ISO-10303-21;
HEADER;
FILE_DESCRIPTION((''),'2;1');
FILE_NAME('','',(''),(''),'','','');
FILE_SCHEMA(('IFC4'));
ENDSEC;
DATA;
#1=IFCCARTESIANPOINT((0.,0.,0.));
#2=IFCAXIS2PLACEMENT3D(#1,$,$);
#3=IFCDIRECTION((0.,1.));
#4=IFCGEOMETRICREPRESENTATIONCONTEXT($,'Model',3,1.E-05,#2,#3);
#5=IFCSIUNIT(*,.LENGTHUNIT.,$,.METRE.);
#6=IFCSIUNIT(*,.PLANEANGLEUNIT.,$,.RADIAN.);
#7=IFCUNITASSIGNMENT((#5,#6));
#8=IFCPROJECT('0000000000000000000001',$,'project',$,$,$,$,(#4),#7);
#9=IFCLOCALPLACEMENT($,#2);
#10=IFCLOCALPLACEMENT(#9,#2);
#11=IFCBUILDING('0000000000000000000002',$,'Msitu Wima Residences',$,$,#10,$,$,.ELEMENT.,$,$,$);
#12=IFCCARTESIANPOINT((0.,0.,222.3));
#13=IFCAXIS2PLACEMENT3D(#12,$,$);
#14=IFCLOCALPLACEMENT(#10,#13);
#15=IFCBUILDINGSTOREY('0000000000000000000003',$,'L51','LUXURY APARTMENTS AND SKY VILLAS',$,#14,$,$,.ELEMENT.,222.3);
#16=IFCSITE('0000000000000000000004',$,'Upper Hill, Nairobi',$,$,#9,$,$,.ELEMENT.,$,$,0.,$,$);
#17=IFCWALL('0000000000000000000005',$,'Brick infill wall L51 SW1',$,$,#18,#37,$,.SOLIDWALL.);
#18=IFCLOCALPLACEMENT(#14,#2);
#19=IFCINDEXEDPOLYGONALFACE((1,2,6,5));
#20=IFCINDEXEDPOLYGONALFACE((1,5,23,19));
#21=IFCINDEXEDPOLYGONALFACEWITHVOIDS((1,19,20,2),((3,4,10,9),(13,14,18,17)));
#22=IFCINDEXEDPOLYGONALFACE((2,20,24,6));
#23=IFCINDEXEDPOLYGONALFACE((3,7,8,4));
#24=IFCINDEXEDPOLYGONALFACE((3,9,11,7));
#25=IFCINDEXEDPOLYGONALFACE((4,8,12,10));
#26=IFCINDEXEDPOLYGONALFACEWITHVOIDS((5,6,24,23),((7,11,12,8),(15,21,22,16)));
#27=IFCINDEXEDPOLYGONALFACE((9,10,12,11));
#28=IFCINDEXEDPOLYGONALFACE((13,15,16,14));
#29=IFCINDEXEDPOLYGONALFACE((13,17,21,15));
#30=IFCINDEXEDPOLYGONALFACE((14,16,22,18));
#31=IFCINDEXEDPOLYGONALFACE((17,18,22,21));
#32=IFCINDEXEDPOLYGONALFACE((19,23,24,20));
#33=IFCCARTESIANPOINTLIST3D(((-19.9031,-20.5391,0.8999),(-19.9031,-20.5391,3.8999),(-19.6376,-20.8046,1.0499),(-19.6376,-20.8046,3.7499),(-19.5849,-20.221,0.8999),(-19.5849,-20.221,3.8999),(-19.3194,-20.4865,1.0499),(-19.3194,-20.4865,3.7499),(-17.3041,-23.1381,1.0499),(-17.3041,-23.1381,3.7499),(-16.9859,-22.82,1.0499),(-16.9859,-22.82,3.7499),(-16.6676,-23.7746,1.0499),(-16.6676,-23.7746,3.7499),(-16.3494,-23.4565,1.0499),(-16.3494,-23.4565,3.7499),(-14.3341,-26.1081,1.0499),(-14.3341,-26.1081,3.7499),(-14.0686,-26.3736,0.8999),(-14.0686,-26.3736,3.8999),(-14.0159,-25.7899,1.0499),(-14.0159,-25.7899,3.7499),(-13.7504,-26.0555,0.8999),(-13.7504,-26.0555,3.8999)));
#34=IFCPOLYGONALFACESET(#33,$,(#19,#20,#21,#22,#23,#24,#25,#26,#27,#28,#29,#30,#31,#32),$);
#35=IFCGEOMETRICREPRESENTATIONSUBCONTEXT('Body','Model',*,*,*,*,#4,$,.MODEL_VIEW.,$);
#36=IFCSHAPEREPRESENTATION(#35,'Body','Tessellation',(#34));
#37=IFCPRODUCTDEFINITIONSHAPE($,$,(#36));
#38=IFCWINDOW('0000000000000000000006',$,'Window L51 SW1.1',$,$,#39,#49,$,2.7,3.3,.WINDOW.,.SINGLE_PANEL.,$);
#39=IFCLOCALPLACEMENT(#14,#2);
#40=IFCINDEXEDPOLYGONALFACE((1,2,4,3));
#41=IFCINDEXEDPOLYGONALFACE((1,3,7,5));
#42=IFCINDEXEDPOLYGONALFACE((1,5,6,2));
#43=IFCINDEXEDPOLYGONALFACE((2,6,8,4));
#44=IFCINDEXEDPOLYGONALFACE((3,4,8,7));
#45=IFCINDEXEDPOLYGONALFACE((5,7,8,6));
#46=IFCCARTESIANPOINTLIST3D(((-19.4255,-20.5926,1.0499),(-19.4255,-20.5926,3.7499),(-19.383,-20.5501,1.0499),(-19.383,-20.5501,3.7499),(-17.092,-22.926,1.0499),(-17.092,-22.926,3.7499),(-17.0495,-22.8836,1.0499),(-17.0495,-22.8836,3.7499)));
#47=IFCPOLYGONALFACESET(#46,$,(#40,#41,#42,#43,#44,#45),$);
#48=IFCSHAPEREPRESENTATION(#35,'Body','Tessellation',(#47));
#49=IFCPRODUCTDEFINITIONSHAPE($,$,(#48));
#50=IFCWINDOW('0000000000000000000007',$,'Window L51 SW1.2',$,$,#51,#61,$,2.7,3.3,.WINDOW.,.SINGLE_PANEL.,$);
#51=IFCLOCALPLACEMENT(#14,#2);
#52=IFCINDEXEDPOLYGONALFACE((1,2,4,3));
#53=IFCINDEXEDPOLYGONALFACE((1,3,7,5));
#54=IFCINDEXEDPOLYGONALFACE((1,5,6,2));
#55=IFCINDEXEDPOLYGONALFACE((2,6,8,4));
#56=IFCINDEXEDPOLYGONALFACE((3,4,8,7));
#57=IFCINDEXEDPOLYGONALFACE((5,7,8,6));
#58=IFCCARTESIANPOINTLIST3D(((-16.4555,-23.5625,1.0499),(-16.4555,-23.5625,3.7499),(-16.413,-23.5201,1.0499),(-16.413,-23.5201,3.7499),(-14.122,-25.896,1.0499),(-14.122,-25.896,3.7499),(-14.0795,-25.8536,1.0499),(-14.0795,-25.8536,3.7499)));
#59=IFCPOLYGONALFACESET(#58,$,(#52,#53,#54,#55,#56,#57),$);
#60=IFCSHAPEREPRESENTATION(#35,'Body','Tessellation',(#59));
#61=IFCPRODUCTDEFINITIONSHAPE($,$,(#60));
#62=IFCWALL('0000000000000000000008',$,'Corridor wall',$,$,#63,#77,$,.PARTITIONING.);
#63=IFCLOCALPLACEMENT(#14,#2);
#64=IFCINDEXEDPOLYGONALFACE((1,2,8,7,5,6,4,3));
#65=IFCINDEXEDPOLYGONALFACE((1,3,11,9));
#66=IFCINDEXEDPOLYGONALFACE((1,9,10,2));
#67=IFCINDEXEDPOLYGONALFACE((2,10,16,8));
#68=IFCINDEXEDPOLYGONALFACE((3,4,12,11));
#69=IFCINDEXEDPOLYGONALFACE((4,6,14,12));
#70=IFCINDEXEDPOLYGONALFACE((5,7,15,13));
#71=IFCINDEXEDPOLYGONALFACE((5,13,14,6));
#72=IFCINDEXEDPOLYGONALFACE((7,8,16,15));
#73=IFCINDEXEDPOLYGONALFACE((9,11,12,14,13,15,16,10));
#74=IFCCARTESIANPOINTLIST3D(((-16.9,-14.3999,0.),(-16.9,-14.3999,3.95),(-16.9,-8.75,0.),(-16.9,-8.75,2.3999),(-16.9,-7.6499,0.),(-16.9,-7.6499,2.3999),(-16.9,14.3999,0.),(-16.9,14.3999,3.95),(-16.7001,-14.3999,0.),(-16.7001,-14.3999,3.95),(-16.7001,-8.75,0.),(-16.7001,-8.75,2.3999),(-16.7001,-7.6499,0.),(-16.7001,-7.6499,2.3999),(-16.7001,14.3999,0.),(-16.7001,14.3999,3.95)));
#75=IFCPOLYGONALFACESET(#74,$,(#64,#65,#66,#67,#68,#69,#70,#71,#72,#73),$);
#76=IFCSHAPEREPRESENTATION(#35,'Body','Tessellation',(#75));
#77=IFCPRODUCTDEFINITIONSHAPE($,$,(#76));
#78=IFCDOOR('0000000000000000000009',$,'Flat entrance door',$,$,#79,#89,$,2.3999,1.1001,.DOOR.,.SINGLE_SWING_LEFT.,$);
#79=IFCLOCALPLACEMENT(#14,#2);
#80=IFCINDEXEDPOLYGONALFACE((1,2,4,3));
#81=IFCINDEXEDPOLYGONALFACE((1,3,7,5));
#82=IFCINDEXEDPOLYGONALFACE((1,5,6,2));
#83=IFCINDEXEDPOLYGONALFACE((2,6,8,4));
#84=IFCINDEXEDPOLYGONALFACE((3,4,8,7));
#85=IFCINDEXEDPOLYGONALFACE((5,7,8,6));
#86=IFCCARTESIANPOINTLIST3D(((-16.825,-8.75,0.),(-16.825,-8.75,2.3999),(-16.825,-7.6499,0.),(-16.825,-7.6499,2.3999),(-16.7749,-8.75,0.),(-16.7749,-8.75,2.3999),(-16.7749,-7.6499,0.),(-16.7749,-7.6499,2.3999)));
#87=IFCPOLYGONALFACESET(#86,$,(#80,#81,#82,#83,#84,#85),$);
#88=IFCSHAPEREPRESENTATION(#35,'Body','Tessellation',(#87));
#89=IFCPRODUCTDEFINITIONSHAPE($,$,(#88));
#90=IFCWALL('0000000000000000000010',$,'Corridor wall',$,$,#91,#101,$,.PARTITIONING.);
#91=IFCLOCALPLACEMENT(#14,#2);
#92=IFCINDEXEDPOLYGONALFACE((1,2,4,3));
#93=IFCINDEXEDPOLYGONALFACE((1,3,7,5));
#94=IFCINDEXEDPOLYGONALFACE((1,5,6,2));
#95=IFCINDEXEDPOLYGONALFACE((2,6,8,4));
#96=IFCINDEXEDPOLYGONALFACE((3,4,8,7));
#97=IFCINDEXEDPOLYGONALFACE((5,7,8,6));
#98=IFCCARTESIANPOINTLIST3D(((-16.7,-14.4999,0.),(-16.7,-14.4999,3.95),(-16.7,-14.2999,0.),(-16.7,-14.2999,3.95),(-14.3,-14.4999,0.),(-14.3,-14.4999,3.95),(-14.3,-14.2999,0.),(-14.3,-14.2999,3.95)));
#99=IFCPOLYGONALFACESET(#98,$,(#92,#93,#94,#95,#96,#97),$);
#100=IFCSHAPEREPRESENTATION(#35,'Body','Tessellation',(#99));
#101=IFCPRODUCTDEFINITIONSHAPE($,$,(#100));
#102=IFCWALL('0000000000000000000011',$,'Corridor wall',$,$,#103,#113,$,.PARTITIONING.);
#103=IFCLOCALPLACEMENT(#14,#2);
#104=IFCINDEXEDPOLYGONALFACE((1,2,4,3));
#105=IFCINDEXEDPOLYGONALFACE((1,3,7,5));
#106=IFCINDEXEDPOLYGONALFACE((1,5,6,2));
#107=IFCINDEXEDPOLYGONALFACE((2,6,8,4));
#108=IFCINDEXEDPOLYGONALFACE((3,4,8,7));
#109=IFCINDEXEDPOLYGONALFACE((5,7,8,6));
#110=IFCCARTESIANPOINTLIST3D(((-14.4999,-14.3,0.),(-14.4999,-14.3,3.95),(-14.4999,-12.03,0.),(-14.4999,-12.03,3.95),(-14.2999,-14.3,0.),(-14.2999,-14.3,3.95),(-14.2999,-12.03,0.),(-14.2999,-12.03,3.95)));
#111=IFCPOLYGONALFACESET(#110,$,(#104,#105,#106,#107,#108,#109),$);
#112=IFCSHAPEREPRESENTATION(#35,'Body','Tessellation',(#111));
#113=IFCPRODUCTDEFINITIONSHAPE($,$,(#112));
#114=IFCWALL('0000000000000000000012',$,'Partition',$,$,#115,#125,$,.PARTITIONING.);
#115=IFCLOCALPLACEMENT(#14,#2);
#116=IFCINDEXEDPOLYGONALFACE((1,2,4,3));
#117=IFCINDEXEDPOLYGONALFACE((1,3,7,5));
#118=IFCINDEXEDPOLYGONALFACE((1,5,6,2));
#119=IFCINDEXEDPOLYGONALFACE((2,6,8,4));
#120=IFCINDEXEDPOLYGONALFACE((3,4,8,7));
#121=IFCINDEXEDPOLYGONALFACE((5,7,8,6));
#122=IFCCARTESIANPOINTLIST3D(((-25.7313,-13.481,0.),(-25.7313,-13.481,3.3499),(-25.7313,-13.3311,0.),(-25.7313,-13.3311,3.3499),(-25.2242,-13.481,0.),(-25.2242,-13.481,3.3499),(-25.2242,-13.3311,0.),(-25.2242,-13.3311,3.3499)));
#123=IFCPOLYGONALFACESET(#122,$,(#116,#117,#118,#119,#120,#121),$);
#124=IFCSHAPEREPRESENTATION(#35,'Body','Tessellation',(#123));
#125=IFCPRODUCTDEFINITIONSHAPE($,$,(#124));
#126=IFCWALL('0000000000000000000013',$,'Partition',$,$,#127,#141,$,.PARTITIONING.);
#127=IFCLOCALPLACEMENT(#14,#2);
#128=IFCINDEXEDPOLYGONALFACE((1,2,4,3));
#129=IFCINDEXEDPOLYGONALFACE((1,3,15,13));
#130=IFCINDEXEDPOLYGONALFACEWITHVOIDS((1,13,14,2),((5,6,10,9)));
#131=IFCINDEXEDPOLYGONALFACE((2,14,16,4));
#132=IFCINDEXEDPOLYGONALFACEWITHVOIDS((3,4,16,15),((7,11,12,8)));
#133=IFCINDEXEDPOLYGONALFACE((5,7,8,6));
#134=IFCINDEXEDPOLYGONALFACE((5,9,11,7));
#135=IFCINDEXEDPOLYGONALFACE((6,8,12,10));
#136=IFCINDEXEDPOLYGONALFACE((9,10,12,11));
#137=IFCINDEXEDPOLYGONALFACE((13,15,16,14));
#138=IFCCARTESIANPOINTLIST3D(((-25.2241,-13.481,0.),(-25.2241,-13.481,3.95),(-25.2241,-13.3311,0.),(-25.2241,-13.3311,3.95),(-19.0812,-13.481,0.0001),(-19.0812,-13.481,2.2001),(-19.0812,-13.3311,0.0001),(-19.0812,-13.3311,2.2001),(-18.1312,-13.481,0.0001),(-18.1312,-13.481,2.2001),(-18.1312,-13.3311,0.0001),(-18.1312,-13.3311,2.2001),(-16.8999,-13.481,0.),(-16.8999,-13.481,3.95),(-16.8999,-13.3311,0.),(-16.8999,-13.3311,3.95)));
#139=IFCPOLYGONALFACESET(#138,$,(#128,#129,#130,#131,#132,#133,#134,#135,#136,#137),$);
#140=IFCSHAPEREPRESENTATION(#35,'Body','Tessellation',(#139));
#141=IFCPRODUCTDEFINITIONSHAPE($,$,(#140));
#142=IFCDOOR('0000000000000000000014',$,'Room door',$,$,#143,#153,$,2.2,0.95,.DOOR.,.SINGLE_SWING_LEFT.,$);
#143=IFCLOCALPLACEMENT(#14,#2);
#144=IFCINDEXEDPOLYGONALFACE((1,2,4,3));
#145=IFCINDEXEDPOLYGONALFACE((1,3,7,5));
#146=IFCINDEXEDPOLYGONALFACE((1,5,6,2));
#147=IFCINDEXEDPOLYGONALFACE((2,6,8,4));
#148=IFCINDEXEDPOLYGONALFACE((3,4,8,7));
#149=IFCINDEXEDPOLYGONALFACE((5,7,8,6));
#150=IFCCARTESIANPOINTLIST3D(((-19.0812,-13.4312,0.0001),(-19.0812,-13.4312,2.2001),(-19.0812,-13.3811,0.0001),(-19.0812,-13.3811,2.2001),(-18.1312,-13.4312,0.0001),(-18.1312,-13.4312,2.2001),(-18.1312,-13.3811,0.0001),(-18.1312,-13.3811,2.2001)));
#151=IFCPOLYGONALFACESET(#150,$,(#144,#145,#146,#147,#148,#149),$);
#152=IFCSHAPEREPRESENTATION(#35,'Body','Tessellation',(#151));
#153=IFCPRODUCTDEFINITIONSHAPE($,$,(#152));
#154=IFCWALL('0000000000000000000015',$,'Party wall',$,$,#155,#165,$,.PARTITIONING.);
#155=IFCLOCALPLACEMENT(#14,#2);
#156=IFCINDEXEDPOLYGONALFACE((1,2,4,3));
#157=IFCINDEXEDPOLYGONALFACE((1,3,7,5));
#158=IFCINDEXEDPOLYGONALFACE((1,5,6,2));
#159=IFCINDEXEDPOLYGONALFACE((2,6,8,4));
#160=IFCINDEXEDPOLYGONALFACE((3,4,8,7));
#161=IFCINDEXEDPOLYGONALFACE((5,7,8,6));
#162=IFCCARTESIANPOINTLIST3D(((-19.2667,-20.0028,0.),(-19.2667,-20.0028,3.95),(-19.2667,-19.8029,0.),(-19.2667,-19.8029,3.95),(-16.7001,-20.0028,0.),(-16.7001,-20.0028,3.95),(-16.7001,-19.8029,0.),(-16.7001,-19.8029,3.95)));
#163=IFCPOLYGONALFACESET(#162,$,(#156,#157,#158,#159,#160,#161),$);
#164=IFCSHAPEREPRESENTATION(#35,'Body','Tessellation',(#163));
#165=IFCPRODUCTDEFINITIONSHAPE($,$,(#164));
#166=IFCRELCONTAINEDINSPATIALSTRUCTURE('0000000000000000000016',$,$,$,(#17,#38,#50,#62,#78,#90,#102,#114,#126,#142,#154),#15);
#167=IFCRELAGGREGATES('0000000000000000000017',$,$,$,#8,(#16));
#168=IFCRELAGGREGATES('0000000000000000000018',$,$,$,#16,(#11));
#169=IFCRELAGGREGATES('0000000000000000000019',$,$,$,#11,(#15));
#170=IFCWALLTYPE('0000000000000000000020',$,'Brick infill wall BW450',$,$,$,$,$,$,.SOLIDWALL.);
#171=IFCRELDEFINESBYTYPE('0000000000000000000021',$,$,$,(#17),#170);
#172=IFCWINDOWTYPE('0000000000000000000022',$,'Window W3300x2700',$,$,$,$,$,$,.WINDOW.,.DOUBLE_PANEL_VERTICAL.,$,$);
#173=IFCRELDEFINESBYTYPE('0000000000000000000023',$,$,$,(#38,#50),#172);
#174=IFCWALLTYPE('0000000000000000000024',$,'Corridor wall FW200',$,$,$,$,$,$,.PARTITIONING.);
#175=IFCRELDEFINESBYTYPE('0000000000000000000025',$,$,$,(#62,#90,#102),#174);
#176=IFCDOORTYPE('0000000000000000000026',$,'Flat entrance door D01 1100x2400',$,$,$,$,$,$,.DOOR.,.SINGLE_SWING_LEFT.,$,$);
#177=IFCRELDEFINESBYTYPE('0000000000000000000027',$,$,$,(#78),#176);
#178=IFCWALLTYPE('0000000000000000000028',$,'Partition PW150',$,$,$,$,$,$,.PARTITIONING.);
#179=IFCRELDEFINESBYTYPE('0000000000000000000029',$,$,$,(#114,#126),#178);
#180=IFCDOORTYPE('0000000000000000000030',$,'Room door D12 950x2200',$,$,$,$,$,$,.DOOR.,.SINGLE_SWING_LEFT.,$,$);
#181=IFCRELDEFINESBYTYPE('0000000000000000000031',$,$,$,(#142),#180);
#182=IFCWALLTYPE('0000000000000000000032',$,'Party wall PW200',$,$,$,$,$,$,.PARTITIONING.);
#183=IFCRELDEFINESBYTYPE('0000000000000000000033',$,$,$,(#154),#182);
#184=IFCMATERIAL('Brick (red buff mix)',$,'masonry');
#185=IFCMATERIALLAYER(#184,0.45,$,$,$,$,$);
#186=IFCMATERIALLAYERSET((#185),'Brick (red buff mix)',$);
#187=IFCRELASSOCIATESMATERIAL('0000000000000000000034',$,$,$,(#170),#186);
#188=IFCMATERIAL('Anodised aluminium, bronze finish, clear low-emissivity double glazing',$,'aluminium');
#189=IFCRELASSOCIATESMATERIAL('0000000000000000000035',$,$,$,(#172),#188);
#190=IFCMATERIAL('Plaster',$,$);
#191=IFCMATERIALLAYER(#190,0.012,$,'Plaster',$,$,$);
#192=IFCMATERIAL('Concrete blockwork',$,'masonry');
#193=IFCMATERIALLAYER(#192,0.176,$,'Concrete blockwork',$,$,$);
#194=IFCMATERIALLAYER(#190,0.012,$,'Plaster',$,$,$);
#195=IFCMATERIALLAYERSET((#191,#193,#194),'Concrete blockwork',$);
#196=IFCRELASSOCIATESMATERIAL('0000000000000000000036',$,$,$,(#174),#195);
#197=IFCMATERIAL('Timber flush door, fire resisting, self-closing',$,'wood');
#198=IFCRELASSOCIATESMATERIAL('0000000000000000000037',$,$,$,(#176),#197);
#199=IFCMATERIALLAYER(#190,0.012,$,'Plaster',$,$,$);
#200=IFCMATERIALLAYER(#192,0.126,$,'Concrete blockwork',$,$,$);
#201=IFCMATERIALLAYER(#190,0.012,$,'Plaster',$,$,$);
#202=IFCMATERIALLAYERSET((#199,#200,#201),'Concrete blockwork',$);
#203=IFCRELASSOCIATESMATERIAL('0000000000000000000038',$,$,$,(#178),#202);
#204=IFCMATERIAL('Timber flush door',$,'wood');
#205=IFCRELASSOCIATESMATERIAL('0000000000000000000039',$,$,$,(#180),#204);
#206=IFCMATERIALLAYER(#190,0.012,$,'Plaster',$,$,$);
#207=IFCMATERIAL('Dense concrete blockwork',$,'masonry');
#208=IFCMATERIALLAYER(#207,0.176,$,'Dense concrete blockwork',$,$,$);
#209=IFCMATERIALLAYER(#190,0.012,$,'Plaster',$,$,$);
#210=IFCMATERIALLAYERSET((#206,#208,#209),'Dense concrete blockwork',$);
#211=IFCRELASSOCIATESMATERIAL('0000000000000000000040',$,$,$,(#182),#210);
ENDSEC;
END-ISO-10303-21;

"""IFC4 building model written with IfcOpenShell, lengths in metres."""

from ifc_helpers import new_model, si_unit, direction, frame, frame_2d, origin, place, context, subcontext, project, spatial, rectangle, extrude, material, layer, layer_set, type_object, element, fill, save


model = new_model("IFC4")

# Units and contexts
model_context = context("Model", 3, precision=1e-05, world=origin(), true_north=direction((0.0, 1.0)))
body_context = subcontext(model_context, "Body", "Model", "MODEL_VIEW")
ifc_project = project(units=[si_unit("LENGTHUNIT", "METRE"), si_unit("PLANEANGLEUNIT", "RADIAN")], contexts=[model_context])

# Site, building, storey
site_placement = place(None, origin())
site = spatial("IfcSite", under=ifc_project, at=site_placement, Name="Upper Hill, Nairobi", CompositionType="ELEMENT", RefElevation=0.0)
building_placement = place(site_placement, origin())
building = spatial("IfcBuilding", under=site, at=building_placement, Name="Msitu Wima Residences", CompositionType="ELEMENT")
storey_placement = place(building_placement, frame((0.0, 0.0, 222.3)))
storey = spatial("IfcBuildingStorey", under=building, at=storey_placement, Name="L51", Description="LUXURY APARTMENTS AND SKY VILLAS", CompositionType="ELEMENT", Elevation=222.3)

# Shared definitions
ifc_material_1 = material(Name="Brick (red buff mix)", Category="masonry")
ifc_layer_1 = layer(ifc_material_1, 0.45)
ifc_layer_set_1 = layer_set([ifc_layer_1], Name="Brick (red buff mix)")
wall_type_1 = type_object("IfcWallType", Name="Brick infill wall BW450", PredefinedType="SOLIDWALL", material=ifc_layer_set_1)
ifc_material_2 = material(Name="Anodised aluminium, bronze finish, clear low-emissivity double glazing", Category="aluminium")
window_type = type_object("IfcWindowType", Name="Window W3300x2700", PartitioningType="DOUBLE_PANEL_VERTICAL", PredefinedType="WINDOW", material=ifc_material_2)

# Wall, openings, windows
wall_1_placement = place(storey_placement, frame((-19.7439, -20.3801, 0.8999), z_axis=(0.0, 0.0, 1.0), x_axis=(0.707107, -0.707107, 0.0)))
wall_1 = element("IfcWall", 1, at=wall_1_placement, inside=storey, type_object=wall_type_1, Name="Brick infill wall L51 SW1", PredefinedType="SOLIDWALL", context=body_context, shape_type="SweptSolid", body=[
    extrude(rectangle(XDim=8.2512, YDim=0.45, at=frame_2d((4.1255, 0.0))), origin(), (0.0, 0.0, 1.0), 3.0),
])
opening_1_placement = place(wall_1_placement, frame((0.3755, 0.0, 0.1499)))
opening_1 = element("IfcOpeningElement", 2, at=opening_1_placement, cuts=wall_1, PredefinedType="OPENING", context=body_context, shape_type="SweptSolid", body=[
    extrude(rectangle(XDim=3.3, YDim=2.7, at=frame_2d((1.6499, 1.3501))), frame((0.0, 0.2349, 0.0), z_axis=(0.0, -1.0, 0.0), x_axis=(1.0, 0.0, 0.0)), (0.0, 0.0, 1.0), 0.47),
])
opening_2_placement = place(wall_1_placement, frame((4.5757, 0.0, 0.1499)))
opening_2 = element("IfcOpeningElement", 3, at=opening_2_placement, cuts=wall_1, PredefinedType="OPENING", context=body_context, shape_type="SweptSolid", body=[
    extrude(rectangle(XDim=3.3, YDim=2.7, at=frame_2d((1.6499, 1.3501))), frame((0.0, 0.2349, 0.0), z_axis=(0.0, -1.0, 0.0), x_axis=(1.0, 0.0, 0.0)), (0.0, 0.0, 1.0), 0.47),
])
window_1_placement = place(opening_1_placement, origin())
window_1 = element("IfcWindow", 4, at=window_1_placement, inside=storey, type_object=window_type, Name="Window L51 SW1.1", OverallHeight=2.7, OverallWidth=3.3, PartitioningType="SINGLE_PANEL", PredefinedType="WINDOW", context=body_context, shape_type="SweptSolid", body=[
    extrude(rectangle(XDim=3.3, YDim=2.7, at=frame_2d((1.6499, 1.3501))), frame((0.0, 0.135, 0.0), z_axis=(0.0, -1.0, 0.0), x_axis=(1.0, 0.0, 0.0)), (0.0, 0.0, 1.0), 0.0601),
])
fill(opening_1, window_1)
window_2_placement = place(opening_2_placement, origin())
window_2 = element("IfcWindow", 5, at=window_2_placement, inside=storey, type_object=window_type, Name="Window L51 SW1.2", OverallHeight=2.7, OverallWidth=3.3, PartitioningType="SINGLE_PANEL", PredefinedType="WINDOW", context=body_context, shape_type="SweptSolid", body=[
    extrude(rectangle(XDim=3.3, YDim=2.7, at=frame_2d((1.6499, 1.3501))), frame((0.0, 0.135, 0.0), z_axis=(0.0, -1.0, 0.0), x_axis=(1.0, 0.0, 0.0)), (0.0, 0.0, 1.0), 0.0601),
])
fill(opening_2, window_2)

# Wall, opening, door
ifc_material_3 = material(Name="Plaster")
ifc_layer_2 = layer(ifc_material_3, 0.012, Name="Plaster")
ifc_material_4 = material(Name="Concrete blockwork", Category="masonry")
ifc_layer_3 = layer(ifc_material_4, 0.176, Name="Concrete blockwork")
ifc_layer_4 = layer(ifc_material_3, 0.012, Name="Plaster")
ifc_layer_set_2 = layer_set([ifc_layer_2, ifc_layer_3, ifc_layer_4], Name="Concrete blockwork")
wall_type_2 = type_object("IfcWallType", Name="Corridor wall FW200", PredefinedType="PARTITIONING", material=ifc_layer_set_2)
wall_2_placement = place(storey_placement, frame((-16.8, -14.3999, 0.0), z_axis=(0.0, 0.0, 1.0), x_axis=(0.0, 1.0, 0.0)))
wall_2 = element("IfcWall", 6, at=wall_2_placement, inside=storey, type_object=wall_type_2, Name="Corridor wall", PredefinedType="PARTITIONING", context=body_context, shape_type="SweptSolid", body=[
    extrude(rectangle(XDim=28.7998, YDim=0.2, at=frame_2d((14.3999, 0.0))), origin(), (0.0, 0.0, 1.0), 3.95),
])
opening_3_placement = place(wall_2_placement, frame((5.6499, 0.0, 0.0)))
opening_3 = element("IfcOpeningElement", 7, at=opening_3_placement, cuts=wall_2, PredefinedType="OPENING", context=body_context, shape_type="SweptSolid", body=[
    extrude(rectangle(XDim=1.1001, YDim=2.3999, at=frame_2d((0.55, 1.2))), frame((0.0, 0.1099, 0.0), z_axis=(0.0, -1.0, 0.0), x_axis=(1.0, 0.0, 0.0)), (0.0, 0.0, 1.0), 0.22),
])
ifc_material_5 = material(Name="Timber flush door, fire resisting, self-closing", Category="wood")
door_type_1 = type_object("IfcDoorType", Name="Flat entrance door D01 1100x2400", OperationType="SINGLE_SWING_LEFT", PredefinedType="DOOR", material=ifc_material_5)
door_1_placement = place(opening_3_placement, origin())
door_1 = element("IfcDoor", 8, at=door_1_placement, inside=storey, type_object=door_type_1, Name="Flat entrance door", OperationType="SINGLE_SWING_LEFT", OverallHeight=2.3999, OverallWidth=1.1001, PredefinedType="DOOR", context=body_context, shape_type="SweptSolid", body=[
    extrude(rectangle(XDim=1.1001, YDim=2.3999, at=frame_2d((0.55, 1.2))), frame((0.0, 0.0249, 0.0), z_axis=(0.0, -1.0, 0.0), x_axis=(1.0, 0.0, 0.0)), (0.0, 0.0, 1.0), 0.05),
])
fill(opening_3, door_1)

# Walls
wall_3_placement = place(storey_placement, frame((-16.7, -14.3999, 0.0), z_axis=(0.0, 0.0, 1.0), x_axis=(1.0, 0.0, 0.0)))
element("IfcWall", 9, at=wall_3_placement, inside=storey, type_object=wall_type_2, Name="Corridor wall", PredefinedType="PARTITIONING", context=body_context, shape_type="SweptSolid", body=[
    extrude(rectangle(XDim=2.3999, YDim=0.2, at=frame_2d((1.2, 0.0))), origin(), (0.0, 0.0, 1.0), 3.95),
])
wall_4_placement = place(storey_placement, frame((-14.3999, -14.3, 0.0), z_axis=(0.0, 0.0, 1.0), x_axis=(0.0, 1.0, 0.0)))
element("IfcWall", 10, at=wall_4_placement, inside=storey, type_object=wall_type_2, Name="Corridor wall", PredefinedType="PARTITIONING", context=body_context, shape_type="SweptSolid", body=[
    extrude(rectangle(XDim=2.27, YDim=0.2, at=frame_2d((1.135, 0.0))), origin(), (0.0, 0.0, 1.0), 3.95),
])
ifc_layer_5 = layer(ifc_material_3, 0.012, Name="Plaster")
ifc_layer_6 = layer(ifc_material_4, 0.126, Name="Concrete blockwork")
ifc_layer_7 = layer(ifc_material_3, 0.012, Name="Plaster")
ifc_layer_set_3 = layer_set([ifc_layer_5, ifc_layer_6, ifc_layer_7], Name="Concrete blockwork")
wall_type_3 = type_object("IfcWallType", Name="Partition PW150", PredefinedType="PARTITIONING", material=ifc_layer_set_3)
wall_5_placement = place(storey_placement, frame((-25.7312, -13.406, 0.0), z_axis=(0.0, 0.0, 1.0), x_axis=(1.0, 0.0, 0.0)))
element("IfcWall", 11, at=wall_5_placement, inside=storey, type_object=wall_type_3, Name="Partition", PredefinedType="PARTITIONING", context=body_context, shape_type="SweptSolid", body=[
    extrude(rectangle(XDim=0.5071, YDim=0.1499, at=frame_2d((0.2534, 0.0))), origin(), (0.0, 0.0, 1.0), 3.3499),
])

# Wall, opening, door
wall_6_placement = place(storey_placement, frame((-25.2241, -13.406, 0.0), z_axis=(0.0, 0.0, 1.0), x_axis=(1.0, 0.0, 0.0)))
wall_6 = element("IfcWall", 12, at=wall_6_placement, inside=storey, type_object=wall_type_3, Name="Partition", PredefinedType="PARTITIONING", context=body_context, shape_type="SweptSolid", body=[
    extrude(rectangle(XDim=8.3242, YDim=0.1499, at=frame_2d((4.1621, 0.0))), origin(), (0.0, 0.0, 1.0), 3.95),
])
opening_4_placement = place(wall_6_placement, frame((6.1428, 0.0, 0.0)))
opening_4 = element("IfcOpeningElement", 13, at=opening_4_placement, cuts=wall_6, PredefinedType="OPENING", context=body_context, shape_type="SweptSolid", body=[
    extrude(rectangle(XDim=0.95, YDim=2.2, at=frame_2d((0.4751, 1.1001))), frame((0.0, 0.085, 0.0), z_axis=(0.0, -1.0, 0.0), x_axis=(1.0, 0.0, 0.0)), (0.0, 0.0, 1.0), 0.1699),
])
ifc_material_6 = material(Name="Timber flush door", Category="wood")
door_type_2 = type_object("IfcDoorType", Name="Room door D12 950x2200", OperationType="SINGLE_SWING_LEFT", PredefinedType="DOOR", material=ifc_material_6)
door_2_placement = place(opening_4_placement, origin())
door_2 = element("IfcDoor", 14, at=door_2_placement, inside=storey, type_object=door_type_2, Name="Room door", OperationType="SINGLE_SWING_LEFT", OverallHeight=2.2, OverallWidth=0.95, PredefinedType="DOOR", context=body_context, shape_type="SweptSolid", body=[
    extrude(rectangle(XDim=0.95, YDim=2.2, at=frame_2d((0.4751, 1.1001))), frame((0.0, 0.0249, 0.0), z_axis=(0.0, -1.0, 0.0), x_axis=(1.0, 0.0, 0.0)), (0.0, 0.0, 1.0), 0.05),
])
fill(opening_4, door_2)

# Wall
ifc_layer_8 = layer(ifc_material_3, 0.012, Name="Plaster")
ifc_material_7 = material(Name="Dense concrete blockwork", Category="masonry")
ifc_layer_9 = layer(ifc_material_7, 0.176, Name="Dense concrete blockwork")
ifc_layer_10 = layer(ifc_material_3, 0.012, Name="Plaster")
ifc_layer_set_4 = layer_set([ifc_layer_8, ifc_layer_9, ifc_layer_10], Name="Dense concrete blockwork")
wall_type_4 = type_object("IfcWallType", Name="Party wall PW200", PredefinedType="PARTITIONING", material=ifc_layer_set_4)
wall_7_placement = place(storey_placement, frame((-19.2666, -19.9028, 0.0), z_axis=(0.0, 0.0, 1.0), x_axis=(1.0, 0.0, 0.0)))
element("IfcWall", 15, at=wall_7_placement, inside=storey, type_object=wall_type_4, Name="Party wall", PredefinedType="PARTITIONING", context=body_context, shape_type="SweptSolid", body=[
    extrude(rectangle(XDim=2.5667, YDim=0.2, at=frame_2d((1.2832, 0.0))), origin(), (0.0, 0.0, 1.0), 3.95),
])

save(model, "model.ifc")
